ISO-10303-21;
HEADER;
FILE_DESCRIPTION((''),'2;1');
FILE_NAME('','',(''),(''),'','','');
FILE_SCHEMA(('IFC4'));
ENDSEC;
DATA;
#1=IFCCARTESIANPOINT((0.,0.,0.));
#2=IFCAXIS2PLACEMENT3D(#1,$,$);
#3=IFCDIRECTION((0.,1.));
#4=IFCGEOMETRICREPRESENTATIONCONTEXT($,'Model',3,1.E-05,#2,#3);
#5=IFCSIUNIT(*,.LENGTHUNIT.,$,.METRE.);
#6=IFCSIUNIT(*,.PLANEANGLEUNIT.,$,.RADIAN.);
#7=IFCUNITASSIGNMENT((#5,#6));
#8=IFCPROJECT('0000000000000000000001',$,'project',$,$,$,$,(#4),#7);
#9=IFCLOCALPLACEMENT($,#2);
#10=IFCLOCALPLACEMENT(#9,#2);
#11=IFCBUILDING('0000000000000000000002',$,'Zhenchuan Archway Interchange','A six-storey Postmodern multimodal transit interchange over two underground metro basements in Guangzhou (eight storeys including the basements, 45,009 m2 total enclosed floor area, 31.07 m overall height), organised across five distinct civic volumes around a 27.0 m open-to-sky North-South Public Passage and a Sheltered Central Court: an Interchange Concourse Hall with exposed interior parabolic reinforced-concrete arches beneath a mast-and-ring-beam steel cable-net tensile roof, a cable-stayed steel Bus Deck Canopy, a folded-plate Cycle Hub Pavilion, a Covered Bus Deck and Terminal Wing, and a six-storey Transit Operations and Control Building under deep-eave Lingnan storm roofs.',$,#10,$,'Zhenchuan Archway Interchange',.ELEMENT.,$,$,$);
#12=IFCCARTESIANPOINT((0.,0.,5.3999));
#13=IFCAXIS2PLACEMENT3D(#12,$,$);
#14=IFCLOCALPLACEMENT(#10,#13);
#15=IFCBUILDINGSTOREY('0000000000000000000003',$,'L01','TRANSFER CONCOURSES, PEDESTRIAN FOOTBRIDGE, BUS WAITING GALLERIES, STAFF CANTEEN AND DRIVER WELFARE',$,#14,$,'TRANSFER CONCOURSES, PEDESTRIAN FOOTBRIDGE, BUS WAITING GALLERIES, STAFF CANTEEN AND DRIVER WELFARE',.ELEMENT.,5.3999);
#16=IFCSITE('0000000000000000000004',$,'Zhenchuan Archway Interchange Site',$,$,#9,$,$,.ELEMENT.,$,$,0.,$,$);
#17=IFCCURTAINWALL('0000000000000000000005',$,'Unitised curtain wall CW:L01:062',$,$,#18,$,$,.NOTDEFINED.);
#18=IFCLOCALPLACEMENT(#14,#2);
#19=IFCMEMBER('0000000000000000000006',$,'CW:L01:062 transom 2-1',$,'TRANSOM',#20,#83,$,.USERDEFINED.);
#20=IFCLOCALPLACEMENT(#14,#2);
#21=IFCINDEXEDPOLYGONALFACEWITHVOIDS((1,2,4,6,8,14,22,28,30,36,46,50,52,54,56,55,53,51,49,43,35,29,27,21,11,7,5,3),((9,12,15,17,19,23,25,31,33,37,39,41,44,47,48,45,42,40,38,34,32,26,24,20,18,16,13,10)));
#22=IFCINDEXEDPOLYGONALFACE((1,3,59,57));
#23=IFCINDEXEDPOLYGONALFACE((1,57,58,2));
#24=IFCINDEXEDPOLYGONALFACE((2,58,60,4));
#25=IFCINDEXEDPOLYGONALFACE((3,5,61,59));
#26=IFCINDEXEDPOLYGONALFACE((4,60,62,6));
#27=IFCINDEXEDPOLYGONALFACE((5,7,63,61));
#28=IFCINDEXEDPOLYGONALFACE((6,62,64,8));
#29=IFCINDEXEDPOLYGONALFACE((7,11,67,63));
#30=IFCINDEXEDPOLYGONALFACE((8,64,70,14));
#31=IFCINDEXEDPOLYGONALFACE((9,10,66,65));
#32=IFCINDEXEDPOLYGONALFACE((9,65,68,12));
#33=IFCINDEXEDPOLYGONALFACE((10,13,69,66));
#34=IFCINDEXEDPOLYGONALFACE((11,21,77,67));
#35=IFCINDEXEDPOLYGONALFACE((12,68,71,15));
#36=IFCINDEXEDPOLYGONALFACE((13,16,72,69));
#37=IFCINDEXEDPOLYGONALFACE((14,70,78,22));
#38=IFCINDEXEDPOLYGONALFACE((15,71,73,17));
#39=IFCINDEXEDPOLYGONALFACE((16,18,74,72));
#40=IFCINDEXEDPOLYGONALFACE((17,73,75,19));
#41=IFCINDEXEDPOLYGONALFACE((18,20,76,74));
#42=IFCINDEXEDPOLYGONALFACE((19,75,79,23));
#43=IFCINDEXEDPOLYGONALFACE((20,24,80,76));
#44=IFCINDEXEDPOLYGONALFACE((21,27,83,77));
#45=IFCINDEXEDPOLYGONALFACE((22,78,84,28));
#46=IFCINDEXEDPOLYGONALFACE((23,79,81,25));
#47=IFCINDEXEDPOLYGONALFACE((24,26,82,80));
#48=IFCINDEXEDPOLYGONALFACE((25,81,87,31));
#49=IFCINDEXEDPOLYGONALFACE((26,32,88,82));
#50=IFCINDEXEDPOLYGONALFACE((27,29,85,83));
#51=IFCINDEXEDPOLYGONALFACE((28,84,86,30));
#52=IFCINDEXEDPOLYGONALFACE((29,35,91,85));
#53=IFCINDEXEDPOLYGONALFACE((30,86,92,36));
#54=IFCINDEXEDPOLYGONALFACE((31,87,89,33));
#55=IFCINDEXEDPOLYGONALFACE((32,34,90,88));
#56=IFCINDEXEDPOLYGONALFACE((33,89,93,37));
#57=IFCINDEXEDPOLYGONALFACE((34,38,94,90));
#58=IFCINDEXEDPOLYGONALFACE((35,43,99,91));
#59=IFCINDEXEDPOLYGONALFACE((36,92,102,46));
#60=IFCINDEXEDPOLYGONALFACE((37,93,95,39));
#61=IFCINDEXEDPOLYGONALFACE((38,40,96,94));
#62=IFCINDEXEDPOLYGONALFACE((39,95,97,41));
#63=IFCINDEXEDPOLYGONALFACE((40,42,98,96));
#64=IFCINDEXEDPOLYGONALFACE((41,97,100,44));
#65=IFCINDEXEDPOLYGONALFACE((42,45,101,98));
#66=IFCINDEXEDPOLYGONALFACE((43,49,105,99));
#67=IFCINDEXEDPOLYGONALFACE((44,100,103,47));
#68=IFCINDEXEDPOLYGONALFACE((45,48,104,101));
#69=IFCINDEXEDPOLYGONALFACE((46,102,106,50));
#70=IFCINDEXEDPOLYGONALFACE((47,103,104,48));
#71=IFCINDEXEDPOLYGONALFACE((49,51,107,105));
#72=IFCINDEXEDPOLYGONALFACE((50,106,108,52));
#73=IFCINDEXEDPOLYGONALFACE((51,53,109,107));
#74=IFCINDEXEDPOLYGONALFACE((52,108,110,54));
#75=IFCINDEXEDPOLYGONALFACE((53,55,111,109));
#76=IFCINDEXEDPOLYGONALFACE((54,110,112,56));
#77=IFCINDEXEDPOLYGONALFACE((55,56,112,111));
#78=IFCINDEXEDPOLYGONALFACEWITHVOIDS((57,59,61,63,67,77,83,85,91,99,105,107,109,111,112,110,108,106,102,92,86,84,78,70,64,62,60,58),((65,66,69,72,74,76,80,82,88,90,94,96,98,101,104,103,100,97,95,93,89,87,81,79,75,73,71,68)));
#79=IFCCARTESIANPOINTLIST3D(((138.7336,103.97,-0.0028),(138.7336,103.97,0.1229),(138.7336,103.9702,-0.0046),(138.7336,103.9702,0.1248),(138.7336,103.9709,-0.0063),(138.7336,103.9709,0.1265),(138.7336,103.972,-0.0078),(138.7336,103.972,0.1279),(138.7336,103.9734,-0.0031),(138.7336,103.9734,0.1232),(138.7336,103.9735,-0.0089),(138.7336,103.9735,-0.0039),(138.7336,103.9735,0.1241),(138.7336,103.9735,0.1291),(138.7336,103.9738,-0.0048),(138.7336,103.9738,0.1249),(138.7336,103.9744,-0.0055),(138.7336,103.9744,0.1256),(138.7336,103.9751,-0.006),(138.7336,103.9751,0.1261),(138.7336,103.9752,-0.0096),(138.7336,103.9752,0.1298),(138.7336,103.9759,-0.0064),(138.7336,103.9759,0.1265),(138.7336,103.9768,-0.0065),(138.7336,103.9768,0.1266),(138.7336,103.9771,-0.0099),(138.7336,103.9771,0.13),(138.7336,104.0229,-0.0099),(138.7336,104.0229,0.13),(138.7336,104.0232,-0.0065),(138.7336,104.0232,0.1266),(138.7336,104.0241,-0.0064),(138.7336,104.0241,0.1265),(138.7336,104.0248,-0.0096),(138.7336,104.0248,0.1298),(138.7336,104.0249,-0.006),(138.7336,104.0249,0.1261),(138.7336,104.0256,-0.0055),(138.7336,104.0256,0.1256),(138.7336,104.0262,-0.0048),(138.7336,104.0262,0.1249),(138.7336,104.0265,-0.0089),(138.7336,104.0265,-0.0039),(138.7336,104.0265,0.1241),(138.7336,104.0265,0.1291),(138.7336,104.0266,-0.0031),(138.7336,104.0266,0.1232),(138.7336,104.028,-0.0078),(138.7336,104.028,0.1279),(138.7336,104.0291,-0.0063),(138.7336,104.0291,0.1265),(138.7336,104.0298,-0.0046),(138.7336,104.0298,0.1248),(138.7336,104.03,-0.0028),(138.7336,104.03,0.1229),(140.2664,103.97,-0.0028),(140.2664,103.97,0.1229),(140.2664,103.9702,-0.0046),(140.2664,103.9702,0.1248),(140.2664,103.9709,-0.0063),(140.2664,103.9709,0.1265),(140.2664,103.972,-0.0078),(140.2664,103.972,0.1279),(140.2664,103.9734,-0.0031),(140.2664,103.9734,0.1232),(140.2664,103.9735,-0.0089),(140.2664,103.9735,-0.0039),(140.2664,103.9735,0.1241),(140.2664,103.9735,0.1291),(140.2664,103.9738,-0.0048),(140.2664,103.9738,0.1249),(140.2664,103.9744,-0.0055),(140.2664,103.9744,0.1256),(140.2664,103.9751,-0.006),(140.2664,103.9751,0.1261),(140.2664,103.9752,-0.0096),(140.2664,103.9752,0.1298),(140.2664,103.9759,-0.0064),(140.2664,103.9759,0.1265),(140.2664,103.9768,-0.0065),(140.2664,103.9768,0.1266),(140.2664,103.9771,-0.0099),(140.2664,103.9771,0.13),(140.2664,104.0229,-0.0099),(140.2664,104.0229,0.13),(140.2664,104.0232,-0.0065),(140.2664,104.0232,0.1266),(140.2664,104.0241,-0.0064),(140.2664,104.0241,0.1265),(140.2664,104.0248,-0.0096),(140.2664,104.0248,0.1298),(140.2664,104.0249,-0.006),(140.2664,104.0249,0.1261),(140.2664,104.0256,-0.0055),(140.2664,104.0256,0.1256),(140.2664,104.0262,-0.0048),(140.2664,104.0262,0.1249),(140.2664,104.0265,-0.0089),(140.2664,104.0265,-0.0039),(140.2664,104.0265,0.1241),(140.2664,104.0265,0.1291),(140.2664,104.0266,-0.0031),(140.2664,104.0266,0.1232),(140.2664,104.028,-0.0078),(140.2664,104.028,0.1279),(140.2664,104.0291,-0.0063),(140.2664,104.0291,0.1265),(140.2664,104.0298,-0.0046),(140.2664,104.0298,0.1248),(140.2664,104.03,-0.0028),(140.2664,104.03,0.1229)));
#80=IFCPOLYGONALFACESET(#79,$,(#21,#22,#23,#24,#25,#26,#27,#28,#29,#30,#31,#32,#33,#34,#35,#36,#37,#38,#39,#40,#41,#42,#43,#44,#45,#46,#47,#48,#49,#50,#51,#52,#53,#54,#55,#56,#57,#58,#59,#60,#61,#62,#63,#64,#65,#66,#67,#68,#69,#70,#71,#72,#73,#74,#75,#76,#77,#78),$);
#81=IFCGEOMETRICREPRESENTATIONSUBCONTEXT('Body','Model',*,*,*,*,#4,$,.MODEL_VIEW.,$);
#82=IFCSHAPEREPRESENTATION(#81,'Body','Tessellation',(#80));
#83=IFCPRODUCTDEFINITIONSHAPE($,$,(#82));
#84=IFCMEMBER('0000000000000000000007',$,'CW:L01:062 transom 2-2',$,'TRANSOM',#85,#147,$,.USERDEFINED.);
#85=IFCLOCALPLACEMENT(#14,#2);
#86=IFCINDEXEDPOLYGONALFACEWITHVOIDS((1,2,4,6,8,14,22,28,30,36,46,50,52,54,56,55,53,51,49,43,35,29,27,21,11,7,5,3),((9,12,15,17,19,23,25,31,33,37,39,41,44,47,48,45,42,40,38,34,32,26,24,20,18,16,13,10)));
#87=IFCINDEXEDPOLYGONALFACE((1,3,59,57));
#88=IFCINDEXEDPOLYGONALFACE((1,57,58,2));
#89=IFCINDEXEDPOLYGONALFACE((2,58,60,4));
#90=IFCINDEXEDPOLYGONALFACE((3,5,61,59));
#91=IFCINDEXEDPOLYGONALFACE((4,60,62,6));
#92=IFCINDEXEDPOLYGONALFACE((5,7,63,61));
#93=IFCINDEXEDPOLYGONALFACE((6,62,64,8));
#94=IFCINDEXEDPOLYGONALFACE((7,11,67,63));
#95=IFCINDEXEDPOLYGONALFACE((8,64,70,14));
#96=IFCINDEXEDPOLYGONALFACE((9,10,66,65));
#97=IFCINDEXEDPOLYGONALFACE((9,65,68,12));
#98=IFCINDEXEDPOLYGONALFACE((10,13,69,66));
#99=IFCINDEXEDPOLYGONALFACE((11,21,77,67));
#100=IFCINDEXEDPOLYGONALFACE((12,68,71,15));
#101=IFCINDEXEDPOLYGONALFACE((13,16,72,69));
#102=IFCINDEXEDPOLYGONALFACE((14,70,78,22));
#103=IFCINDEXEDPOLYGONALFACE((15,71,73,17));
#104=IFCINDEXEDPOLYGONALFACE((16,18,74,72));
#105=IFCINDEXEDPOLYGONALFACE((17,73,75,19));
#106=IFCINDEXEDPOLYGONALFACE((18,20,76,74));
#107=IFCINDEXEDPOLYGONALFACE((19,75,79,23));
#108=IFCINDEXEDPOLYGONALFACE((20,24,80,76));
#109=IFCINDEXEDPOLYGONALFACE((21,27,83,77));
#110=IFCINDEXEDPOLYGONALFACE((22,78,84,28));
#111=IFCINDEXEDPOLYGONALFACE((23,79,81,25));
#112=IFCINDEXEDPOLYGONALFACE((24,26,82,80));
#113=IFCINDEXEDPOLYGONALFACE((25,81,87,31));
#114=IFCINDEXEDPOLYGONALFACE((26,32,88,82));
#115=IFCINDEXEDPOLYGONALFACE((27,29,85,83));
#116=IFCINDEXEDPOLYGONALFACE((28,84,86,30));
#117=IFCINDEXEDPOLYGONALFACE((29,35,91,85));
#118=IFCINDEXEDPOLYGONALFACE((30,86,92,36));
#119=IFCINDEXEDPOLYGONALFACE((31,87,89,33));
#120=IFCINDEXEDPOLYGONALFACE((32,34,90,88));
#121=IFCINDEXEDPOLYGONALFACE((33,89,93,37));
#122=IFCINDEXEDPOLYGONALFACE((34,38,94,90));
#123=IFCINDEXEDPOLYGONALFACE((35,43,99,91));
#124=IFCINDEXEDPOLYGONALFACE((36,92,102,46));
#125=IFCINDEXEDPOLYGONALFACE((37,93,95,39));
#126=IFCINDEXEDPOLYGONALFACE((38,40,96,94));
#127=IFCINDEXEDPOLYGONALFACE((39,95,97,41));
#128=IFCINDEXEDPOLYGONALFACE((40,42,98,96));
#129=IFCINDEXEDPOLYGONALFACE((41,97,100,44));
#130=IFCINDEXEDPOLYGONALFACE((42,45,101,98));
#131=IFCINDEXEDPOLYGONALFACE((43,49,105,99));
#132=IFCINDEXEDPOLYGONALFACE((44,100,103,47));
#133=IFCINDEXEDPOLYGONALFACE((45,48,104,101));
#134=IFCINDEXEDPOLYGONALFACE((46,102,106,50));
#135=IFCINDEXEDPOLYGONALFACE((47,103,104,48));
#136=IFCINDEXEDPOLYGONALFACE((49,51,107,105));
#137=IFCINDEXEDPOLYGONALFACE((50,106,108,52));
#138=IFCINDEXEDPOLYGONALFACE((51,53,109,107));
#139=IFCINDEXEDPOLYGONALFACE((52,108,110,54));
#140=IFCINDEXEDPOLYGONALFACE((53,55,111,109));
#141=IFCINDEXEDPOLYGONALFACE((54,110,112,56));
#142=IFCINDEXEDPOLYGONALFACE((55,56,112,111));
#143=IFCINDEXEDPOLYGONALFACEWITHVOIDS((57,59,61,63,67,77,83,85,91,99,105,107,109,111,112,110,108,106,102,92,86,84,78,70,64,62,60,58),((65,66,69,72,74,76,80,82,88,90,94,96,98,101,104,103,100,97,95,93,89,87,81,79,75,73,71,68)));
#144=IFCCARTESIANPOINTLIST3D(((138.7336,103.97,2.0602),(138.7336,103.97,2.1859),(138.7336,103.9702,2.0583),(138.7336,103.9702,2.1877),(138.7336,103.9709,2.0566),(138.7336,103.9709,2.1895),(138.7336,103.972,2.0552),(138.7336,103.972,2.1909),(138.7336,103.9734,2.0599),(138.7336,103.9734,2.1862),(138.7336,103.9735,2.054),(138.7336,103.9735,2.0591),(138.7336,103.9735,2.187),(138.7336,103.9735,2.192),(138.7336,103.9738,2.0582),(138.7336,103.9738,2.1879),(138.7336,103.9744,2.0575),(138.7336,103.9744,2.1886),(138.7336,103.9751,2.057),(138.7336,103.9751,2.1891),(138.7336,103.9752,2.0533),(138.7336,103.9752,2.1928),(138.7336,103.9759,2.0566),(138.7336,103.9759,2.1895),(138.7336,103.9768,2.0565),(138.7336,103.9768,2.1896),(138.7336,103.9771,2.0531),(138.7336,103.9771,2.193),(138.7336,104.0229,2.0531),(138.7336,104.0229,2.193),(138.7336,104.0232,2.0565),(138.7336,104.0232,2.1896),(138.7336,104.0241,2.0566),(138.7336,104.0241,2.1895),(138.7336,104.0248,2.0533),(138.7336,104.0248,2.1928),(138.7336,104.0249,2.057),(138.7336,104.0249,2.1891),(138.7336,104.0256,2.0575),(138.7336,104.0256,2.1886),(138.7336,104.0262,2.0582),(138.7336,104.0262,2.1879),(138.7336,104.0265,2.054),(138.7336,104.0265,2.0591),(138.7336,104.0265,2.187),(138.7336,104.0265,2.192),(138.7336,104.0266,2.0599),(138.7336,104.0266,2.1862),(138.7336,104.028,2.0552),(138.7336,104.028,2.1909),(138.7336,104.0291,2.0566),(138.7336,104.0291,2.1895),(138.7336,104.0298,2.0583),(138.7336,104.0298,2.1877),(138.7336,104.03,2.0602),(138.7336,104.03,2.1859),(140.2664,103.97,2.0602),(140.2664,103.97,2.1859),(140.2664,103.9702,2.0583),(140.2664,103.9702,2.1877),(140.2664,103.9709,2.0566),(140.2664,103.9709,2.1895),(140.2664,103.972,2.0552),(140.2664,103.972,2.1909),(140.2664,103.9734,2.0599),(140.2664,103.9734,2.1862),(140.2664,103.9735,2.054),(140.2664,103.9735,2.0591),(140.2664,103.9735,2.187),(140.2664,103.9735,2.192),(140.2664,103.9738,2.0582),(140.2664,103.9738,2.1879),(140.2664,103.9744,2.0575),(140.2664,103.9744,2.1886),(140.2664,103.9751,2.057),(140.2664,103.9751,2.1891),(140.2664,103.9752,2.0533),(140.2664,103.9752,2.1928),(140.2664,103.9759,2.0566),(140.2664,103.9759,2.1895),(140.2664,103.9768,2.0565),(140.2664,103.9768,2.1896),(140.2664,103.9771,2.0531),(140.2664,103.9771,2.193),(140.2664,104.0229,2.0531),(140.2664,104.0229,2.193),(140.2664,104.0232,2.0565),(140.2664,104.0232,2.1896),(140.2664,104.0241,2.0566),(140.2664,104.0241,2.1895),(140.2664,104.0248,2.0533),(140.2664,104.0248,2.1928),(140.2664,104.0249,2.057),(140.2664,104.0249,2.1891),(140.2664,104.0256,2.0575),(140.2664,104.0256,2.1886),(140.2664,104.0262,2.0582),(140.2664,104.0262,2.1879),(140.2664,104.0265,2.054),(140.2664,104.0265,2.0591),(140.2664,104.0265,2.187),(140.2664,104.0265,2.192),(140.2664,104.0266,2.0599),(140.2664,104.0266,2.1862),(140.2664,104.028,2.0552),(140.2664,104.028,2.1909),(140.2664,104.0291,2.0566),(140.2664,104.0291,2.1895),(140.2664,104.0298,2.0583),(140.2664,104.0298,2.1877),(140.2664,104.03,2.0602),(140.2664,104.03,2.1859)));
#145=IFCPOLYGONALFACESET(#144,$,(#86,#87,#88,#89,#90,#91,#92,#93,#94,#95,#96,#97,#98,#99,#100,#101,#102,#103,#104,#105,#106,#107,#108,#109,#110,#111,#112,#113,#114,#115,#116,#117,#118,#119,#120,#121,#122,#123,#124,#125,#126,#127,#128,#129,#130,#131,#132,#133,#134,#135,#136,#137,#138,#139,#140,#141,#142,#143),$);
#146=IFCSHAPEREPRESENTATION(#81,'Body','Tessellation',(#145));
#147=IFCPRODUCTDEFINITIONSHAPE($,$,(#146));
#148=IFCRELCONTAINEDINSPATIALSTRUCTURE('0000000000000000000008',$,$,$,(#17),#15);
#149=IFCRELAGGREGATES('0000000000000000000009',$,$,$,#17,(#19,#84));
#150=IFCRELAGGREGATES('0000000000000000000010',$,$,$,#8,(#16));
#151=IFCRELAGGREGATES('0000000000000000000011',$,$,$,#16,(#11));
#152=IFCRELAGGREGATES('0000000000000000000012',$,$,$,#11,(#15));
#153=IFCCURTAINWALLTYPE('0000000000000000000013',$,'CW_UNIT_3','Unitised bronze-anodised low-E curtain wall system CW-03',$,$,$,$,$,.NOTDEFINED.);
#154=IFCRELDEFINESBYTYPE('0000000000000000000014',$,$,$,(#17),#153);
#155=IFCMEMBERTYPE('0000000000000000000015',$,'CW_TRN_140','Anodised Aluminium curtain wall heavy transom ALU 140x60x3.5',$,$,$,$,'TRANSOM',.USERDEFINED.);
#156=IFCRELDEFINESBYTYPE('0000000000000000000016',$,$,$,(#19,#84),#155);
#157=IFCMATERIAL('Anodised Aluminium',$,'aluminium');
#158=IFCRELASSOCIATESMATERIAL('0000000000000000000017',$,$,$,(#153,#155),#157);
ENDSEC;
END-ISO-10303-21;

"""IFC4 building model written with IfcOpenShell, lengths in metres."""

from ifc_helpers import new_model, si_unit, direction, frame, origin, origin_2d, place, context, subcontext, project, spatial, hollow_rectangle, extrude, material, material_profile, profile_set, type_object, element, aggregate, save


model = new_model("IFC4")

# Units and contexts
model_context = context("Model", 3, precision=1e-05, world=origin(), true_north=direction((0.0, 1.0)))
body_context = subcontext(model_context, "Body", "Model", "MODEL_VIEW")
ifc_project = project(units=[si_unit("LENGTHUNIT", "METRE"), si_unit("PLANEANGLEUNIT", "RADIAN")], contexts=[model_context])

# Site, building, storey
site_placement = place(None, origin())
site = spatial("IfcSite", under=ifc_project, at=site_placement, Name="Zhenchuan Archway Interchange Site", CompositionType="ELEMENT", RefElevation=0.0)
building_placement = place(site_placement, origin())
building = spatial("IfcBuilding", under=site, at=building_placement, Name="Zhenchuan Archway Interchange", Description="A six-storey Postmodern multimodal transit interchange over two underground metro basements in Guangzhou (eight storeys including the basements, 45,009 m2 total enclosed floor area, 31.07 m overall height), organised across five distinct civic volumes around a 27.0 m open-to-sky North-South Public Passage and a Sheltered Central Court: an Interchange Concourse Hall with exposed interior parabolic reinforced-concrete arches beneath a mast-and-ring-beam steel cable-net tensile roof, a cable-stayed steel Bus Deck Canopy, a folded-plate Cycle Hub Pavilion, a Covered Bus Deck and Terminal Wing, and a six-storey Transit Operations and Control Building under deep-eave Lingnan storm roofs.", LongName="Zhenchuan Archway Interchange", CompositionType="ELEMENT")
storey_placement = place(building_placement, frame((0.0, 0.0, 5.3999)))
storey = spatial("IfcBuildingStorey", under=building, at=storey_placement, Name="L01", Description="TRANSFER CONCOURSES, PEDESTRIAN FOOTBRIDGE, BUS WAITING GALLERIES, STAFF CANTEEN AND DRIVER WELFARE", LongName="TRANSFER CONCOURSES, PEDESTRIAN FOOTBRIDGE, BUS WAITING GALLERIES, STAFF CANTEEN AND DRIVER WELFARE", CompositionType="ELEMENT", Elevation=5.3999)

# Curtain wall, members
ifc_material_1 = material(Name="Anodised Aluminium", Category="aluminium")
curtain_wall_type = type_object("IfcCurtainWallType", Name="CW_UNIT_3", Description="Unitised bronze-anodised low-E curtain wall system CW-03", PredefinedType="NOTDEFINED", material=ifc_material_1)
curtain_wall_placement = place(storey_placement, origin())
curtain_wall = element("IfcCurtainWall", 1, at=curtain_wall_placement, inside=storey, type_object=curtain_wall_type, Name="Unitised curtain wall CW:L01:062", PredefinedType="NOTDEFINED")
ifc_material_profile_1 = material_profile(ifc_material_1, hollow_rectangle(XDim=0.0601, YDim=0.1399, WallThickness=0.0034, InnerFilletRadius=0.0034, OuterFilletRadius=0.0071, at=origin_2d()), Name="ALU 140x60x3.5")
ifc_profile_set_1 = profile_set([ifc_material_profile_1], Name="Anodised Aluminium")
member_type_1 = type_object("IfcMemberType", Name="CW_TRN_140", Description="Anodised Aluminium curtain wall heavy transom ALU 140x60x3.5", ElementType="TRANSOM", PredefinedType="USERDEFINED", material=ifc_profile_set_1)
member_1_placement = place(storey_placement, frame((138.7336, 104.0, 0.0601), z_axis=(1.0, 0.0, 0.0), x_axis=(0.0, 1.0, 0.0)))
member_1 = element("IfcMember", 2, at=member_1_placement, type_object=member_type_1, Name="CW:L01:062 transom 2-1", ObjectType="TRANSOM", PredefinedType="USERDEFINED", context=body_context, shape_type="SweptSolid", body=[
    extrude(hollow_rectangle(XDim=0.0601, YDim=0.1399, WallThickness=0.0034, InnerFilletRadius=0.0034, OuterFilletRadius=0.0071, at=origin_2d()), origin(), (0.0, 0.0, 1.0), 1.5327),
])
member_2_placement = place(storey_placement, frame((138.7336, 104.0, 2.123), z_axis=(1.0, 0.0, 0.0), x_axis=(0.0, 1.0, 0.0)))
member_2 = element("IfcMember", 3, at=member_2_placement, type_object=member_type_1, Name="CW:L01:062 transom 2-2", ObjectType="TRANSOM", PredefinedType="USERDEFINED", context=body_context, shape_type="SweptSolid", body=[
    extrude(hollow_rectangle(XDim=0.0601, YDim=0.1399, WallThickness=0.0034, InnerFilletRadius=0.0034, OuterFilletRadius=0.0071, at=origin_2d()), origin(), (0.0, 0.0, 1.0), 1.5327),
])

aggregate(curtain_wall, [member_1, member_2])

save(model, "model.ifc")
